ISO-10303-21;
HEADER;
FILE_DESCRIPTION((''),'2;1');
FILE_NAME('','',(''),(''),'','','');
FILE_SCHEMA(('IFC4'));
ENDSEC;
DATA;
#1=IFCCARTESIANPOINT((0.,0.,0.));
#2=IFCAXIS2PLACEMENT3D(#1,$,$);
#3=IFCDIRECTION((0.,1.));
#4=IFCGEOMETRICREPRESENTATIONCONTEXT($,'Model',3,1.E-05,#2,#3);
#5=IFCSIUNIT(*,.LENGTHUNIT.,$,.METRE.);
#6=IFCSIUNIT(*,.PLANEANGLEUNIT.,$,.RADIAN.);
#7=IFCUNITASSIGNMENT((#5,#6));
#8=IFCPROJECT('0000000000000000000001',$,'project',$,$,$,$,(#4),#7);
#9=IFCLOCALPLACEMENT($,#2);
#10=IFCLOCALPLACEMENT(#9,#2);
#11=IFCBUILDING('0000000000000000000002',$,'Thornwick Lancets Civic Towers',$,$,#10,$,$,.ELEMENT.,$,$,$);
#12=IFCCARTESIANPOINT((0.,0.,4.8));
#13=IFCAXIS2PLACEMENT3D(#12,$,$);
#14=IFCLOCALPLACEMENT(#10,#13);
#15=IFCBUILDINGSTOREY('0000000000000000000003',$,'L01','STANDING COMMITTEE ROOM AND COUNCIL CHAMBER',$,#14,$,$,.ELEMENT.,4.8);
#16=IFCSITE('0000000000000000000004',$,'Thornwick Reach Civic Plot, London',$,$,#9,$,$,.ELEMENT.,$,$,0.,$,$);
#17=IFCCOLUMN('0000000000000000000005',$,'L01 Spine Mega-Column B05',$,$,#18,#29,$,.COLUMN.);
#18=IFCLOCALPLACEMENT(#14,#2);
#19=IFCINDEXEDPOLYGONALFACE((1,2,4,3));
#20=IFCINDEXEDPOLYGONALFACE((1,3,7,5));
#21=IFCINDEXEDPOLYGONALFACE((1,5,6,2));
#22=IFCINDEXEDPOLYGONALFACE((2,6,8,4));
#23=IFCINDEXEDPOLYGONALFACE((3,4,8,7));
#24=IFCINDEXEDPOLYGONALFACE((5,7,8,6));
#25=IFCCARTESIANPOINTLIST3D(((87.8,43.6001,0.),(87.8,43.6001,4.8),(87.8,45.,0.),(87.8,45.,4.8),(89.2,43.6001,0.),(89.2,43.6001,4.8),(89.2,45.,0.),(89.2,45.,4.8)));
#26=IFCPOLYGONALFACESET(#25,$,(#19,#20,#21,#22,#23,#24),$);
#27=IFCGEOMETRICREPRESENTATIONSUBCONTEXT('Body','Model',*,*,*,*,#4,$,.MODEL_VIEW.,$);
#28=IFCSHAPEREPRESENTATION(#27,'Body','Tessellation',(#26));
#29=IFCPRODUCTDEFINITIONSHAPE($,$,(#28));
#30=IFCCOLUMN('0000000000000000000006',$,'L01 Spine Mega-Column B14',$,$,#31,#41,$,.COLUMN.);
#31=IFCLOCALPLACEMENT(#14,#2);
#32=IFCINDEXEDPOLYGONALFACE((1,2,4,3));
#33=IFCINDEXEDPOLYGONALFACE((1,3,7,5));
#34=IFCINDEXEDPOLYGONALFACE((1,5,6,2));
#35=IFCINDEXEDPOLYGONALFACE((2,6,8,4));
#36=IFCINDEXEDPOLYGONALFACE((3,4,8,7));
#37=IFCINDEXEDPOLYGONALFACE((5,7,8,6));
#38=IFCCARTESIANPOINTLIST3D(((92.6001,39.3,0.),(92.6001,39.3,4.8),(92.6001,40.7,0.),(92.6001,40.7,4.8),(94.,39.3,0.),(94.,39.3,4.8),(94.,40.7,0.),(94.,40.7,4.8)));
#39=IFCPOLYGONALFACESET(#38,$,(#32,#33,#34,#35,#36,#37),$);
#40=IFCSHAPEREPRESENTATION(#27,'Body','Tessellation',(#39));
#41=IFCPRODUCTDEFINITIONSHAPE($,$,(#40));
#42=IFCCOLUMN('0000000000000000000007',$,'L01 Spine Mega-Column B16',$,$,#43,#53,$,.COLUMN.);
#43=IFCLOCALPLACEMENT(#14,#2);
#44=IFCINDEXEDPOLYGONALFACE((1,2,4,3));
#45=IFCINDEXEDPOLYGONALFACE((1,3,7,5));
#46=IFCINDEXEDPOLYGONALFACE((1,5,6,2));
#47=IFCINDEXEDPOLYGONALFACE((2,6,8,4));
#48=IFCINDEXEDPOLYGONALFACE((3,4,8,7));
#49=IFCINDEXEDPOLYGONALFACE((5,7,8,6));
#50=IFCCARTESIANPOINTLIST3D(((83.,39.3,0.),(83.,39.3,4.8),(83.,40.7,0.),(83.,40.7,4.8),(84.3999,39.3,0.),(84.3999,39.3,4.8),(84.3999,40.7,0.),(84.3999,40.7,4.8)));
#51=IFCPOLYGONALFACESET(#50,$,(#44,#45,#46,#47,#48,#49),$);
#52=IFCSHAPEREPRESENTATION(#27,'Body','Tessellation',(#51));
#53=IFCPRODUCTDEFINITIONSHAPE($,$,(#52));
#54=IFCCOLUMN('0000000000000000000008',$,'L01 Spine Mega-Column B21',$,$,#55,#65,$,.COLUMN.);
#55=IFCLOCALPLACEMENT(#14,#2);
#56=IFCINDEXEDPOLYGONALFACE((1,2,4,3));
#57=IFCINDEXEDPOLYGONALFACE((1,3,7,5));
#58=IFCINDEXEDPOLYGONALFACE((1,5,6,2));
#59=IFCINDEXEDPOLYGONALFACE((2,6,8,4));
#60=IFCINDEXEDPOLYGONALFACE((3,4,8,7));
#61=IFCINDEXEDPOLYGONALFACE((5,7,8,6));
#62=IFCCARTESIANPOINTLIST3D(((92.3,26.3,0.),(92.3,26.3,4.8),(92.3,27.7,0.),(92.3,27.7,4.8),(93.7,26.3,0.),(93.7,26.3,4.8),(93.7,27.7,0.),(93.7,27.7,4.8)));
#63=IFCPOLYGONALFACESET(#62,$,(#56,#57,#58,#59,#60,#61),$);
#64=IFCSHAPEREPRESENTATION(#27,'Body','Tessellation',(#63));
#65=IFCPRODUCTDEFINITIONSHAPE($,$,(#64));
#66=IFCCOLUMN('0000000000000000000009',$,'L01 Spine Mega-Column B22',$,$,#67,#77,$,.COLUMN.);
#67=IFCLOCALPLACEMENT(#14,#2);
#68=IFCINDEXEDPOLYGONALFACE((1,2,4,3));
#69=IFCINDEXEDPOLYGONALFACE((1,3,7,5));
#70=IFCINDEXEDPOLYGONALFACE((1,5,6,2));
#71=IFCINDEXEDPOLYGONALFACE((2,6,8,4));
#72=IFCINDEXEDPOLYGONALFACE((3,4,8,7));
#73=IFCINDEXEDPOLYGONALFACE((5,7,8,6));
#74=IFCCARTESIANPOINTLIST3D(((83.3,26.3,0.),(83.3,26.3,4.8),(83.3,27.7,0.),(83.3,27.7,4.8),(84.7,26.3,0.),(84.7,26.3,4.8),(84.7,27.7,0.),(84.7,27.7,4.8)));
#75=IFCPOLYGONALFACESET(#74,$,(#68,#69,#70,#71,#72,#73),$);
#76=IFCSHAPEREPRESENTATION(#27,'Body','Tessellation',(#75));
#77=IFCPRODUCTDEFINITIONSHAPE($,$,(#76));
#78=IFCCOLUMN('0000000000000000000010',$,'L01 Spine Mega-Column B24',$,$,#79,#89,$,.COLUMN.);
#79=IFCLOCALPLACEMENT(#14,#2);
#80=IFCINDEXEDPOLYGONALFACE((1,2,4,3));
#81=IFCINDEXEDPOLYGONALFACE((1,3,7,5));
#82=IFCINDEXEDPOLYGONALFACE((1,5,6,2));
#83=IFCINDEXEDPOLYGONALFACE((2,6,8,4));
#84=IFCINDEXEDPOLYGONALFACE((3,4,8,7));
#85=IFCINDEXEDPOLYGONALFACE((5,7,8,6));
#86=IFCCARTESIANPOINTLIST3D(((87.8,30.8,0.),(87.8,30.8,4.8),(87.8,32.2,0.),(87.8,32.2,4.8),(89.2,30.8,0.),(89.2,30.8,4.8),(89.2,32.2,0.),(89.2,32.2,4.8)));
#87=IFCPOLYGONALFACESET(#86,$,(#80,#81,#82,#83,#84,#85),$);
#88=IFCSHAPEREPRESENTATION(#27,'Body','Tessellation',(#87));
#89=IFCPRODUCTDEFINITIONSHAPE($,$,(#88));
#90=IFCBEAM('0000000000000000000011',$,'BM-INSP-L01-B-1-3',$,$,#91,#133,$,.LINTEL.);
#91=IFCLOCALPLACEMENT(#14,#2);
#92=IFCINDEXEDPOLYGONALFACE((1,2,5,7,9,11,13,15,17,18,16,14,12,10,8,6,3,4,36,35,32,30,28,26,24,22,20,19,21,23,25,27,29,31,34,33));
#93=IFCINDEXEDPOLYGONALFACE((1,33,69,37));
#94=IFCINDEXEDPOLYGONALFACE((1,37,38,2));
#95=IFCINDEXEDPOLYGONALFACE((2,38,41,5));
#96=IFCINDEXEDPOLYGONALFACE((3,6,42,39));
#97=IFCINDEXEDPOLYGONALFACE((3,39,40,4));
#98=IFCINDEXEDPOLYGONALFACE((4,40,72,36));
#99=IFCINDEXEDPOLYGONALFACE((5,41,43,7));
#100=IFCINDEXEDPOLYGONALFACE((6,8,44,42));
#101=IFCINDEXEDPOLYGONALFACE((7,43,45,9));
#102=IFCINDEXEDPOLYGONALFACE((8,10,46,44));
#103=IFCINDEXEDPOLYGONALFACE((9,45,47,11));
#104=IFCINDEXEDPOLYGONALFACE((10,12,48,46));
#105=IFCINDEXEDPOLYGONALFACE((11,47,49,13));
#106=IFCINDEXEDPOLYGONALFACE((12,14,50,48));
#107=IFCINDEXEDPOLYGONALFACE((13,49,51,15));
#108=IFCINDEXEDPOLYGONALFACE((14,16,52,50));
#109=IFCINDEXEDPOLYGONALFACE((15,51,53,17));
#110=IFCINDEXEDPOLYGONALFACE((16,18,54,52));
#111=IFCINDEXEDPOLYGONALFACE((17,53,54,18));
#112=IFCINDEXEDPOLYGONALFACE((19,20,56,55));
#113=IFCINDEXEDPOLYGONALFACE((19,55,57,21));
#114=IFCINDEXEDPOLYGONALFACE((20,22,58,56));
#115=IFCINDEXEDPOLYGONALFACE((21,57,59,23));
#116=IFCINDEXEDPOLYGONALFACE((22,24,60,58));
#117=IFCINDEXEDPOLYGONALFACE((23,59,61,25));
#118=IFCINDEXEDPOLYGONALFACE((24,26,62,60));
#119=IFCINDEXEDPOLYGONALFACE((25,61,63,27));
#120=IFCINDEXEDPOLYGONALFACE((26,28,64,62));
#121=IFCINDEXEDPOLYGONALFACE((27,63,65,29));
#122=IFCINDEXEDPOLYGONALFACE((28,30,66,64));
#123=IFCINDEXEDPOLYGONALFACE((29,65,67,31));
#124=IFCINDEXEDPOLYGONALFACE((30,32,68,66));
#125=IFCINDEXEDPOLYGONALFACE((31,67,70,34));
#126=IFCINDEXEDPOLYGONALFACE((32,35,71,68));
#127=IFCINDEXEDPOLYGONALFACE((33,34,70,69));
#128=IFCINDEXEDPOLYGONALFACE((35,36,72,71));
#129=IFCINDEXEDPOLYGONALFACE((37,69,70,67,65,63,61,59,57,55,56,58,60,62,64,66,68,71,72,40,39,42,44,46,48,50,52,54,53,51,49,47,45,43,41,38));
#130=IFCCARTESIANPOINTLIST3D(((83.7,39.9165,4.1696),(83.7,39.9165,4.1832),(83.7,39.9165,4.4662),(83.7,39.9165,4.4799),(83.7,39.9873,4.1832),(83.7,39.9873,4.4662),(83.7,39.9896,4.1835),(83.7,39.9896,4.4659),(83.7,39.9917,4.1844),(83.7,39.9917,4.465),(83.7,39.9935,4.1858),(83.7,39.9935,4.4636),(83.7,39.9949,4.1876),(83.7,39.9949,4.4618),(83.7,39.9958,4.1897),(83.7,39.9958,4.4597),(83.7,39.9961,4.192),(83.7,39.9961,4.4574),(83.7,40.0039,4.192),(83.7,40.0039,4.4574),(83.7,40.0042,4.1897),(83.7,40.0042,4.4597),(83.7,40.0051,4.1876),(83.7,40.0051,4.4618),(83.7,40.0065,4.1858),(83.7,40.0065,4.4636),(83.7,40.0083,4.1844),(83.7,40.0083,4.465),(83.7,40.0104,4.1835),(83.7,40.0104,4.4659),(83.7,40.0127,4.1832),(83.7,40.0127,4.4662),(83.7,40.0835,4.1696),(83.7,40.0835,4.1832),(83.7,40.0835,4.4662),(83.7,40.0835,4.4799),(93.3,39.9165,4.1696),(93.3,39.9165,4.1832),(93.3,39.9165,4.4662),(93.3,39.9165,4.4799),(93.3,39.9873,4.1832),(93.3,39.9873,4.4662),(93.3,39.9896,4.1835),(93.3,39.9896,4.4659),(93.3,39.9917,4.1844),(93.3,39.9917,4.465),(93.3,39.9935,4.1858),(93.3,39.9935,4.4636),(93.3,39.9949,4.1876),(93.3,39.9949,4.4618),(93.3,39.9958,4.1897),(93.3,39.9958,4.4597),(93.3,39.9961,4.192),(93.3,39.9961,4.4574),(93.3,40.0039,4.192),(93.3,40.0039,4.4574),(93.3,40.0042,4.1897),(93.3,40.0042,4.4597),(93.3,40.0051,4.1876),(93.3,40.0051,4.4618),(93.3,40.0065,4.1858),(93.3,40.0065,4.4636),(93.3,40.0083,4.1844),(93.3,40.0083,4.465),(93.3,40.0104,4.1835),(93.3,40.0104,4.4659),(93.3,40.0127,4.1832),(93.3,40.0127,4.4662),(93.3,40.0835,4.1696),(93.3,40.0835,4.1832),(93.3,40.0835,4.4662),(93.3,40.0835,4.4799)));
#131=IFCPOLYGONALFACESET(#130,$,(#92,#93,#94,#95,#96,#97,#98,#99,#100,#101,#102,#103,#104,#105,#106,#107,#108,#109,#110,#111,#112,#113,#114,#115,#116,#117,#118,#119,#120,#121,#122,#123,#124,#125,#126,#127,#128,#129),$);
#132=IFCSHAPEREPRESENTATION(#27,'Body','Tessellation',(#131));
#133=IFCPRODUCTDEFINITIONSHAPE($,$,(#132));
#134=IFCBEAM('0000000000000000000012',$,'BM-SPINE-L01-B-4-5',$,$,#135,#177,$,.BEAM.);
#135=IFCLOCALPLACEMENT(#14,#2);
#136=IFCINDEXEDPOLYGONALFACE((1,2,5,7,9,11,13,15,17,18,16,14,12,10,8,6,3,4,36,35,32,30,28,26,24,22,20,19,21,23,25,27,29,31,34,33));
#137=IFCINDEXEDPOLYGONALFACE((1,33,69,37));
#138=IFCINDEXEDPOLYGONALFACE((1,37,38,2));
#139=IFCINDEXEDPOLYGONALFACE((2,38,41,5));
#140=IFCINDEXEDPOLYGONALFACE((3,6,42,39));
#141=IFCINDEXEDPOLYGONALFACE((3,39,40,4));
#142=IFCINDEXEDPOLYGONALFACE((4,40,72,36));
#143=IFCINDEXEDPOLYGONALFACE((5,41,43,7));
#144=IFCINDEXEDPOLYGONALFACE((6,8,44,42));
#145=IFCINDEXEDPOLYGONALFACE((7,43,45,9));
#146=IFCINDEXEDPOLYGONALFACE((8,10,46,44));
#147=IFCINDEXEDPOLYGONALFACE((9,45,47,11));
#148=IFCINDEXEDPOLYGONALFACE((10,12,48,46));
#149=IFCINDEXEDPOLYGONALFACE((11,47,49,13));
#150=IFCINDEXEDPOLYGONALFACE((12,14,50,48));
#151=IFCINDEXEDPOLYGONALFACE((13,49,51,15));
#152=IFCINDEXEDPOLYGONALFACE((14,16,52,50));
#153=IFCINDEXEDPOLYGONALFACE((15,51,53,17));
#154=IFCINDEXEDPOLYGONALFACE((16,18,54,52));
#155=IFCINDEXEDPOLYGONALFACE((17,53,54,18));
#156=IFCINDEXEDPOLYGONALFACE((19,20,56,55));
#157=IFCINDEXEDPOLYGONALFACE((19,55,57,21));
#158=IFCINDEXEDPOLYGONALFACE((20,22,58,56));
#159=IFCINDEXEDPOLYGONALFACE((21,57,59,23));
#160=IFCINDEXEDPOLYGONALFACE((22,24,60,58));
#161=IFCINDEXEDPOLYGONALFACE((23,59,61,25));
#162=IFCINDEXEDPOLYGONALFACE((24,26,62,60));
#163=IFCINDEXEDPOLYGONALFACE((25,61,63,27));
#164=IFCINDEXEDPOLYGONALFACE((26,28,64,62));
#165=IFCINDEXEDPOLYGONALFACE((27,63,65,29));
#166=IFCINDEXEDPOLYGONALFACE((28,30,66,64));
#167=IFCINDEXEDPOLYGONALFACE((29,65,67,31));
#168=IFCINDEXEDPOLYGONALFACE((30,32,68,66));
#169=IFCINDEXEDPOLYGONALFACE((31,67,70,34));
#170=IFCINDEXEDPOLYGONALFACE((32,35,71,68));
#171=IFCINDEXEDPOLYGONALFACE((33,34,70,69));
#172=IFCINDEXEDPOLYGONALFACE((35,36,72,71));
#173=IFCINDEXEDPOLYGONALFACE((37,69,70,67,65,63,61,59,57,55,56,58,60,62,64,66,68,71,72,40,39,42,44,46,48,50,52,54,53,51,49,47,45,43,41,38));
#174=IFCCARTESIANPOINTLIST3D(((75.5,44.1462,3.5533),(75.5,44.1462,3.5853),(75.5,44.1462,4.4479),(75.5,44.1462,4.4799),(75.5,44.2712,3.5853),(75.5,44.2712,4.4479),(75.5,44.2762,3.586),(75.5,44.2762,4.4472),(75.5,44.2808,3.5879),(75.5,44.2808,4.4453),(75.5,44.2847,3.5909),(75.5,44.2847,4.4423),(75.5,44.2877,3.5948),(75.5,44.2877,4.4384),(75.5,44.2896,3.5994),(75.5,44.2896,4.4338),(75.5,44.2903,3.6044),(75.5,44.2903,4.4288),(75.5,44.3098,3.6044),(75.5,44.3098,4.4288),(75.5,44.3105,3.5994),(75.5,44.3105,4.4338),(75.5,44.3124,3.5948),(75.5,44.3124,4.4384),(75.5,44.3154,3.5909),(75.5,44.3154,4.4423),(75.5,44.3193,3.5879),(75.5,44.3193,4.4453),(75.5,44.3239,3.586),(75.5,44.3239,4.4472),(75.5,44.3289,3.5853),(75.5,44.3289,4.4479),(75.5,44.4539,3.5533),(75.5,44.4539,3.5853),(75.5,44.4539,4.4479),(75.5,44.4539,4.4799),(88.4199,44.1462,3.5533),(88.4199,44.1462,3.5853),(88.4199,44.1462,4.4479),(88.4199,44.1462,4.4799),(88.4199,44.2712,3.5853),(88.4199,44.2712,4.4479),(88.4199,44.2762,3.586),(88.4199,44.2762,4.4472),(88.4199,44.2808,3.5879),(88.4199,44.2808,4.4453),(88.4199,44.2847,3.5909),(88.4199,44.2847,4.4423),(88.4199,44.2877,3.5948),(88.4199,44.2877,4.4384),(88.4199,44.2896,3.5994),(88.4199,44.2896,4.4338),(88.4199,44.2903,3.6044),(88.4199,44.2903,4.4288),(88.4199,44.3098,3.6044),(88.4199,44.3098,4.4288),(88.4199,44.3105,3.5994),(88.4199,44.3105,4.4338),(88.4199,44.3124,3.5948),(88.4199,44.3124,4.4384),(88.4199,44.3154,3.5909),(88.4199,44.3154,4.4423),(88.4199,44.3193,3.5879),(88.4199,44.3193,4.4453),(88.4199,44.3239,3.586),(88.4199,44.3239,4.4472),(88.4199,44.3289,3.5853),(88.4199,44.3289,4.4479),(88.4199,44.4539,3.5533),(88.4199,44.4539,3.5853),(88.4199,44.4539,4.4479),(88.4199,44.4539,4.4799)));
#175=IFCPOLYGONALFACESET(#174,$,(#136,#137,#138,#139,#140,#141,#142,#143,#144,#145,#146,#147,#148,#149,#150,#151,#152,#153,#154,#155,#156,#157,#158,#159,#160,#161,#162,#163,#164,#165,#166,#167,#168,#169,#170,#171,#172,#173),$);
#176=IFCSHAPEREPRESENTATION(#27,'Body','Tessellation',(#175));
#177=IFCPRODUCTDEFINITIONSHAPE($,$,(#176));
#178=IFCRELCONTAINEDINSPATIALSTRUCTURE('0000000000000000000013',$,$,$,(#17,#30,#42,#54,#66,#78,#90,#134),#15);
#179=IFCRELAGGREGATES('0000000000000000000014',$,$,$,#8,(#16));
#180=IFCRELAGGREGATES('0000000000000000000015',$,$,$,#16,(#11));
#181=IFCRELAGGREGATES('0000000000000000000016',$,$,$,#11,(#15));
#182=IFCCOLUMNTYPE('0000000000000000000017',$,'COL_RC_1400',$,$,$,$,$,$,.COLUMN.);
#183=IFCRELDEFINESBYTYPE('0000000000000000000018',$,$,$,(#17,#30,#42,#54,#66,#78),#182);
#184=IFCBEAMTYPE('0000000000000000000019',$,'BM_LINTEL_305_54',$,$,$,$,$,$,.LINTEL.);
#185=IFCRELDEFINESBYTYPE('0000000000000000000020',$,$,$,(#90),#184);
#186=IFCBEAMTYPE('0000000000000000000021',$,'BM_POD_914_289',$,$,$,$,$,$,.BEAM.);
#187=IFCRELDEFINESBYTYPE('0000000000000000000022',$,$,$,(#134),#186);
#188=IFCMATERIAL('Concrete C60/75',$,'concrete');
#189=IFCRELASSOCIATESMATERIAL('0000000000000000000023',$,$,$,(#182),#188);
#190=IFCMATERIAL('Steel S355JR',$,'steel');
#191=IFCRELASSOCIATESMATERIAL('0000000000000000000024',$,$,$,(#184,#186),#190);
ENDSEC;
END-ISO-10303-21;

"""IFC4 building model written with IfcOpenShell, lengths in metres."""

from ifc_helpers import new_model, si_unit, direction, frame, origin, origin_2d, place, context, subcontext, project, spatial, rectangle, i_section, extrude, material, material_profile, profile_set, type_object, element, save


model = new_model("IFC4")

# Units and contexts
model_context = context("Model", 3, precision=1e-05, world=origin(), true_north=direction((0.0, 1.0)))
body_context = subcontext(model_context, "Body", "Model", "MODEL_VIEW")
ifc_project = project(units=[si_unit("LENGTHUNIT", "METRE"), si_unit("PLANEANGLEUNIT", "RADIAN")], contexts=[model_context])

# Site, building, storey
site_placement = place(None, origin())
site = spatial("IfcSite", under=ifc_project, at=site_placement, Name="Thornwick Reach Civic Plot, London", CompositionType="ELEMENT", RefElevation=0.0)
building_placement = place(site_placement, origin())
building = spatial("IfcBuilding", under=site, at=building_placement, Name="Thornwick Lancets Civic Towers", CompositionType="ELEMENT")
storey_placement = place(building_placement, frame((0.0, 0.0, 4.8)))
storey = spatial("IfcBuildingStorey", under=building, at=storey_placement, Name="L01", Description="STANDING COMMITTEE ROOM AND COUNCIL CHAMBER", CompositionType="ELEMENT", Elevation=4.8)

# Columns
ifc_material_1 = material(Name="Concrete C60/75", Category="concrete")
ifc_material_profile_1 = material_profile(ifc_material_1, rectangle(XDim=1.3999, YDim=1.3999, at=origin_2d()), Name="RC 1400x1400")
ifc_profile_set_1 = profile_set([ifc_material_profile_1], Name="Concrete C60/75")
column_type = type_object("IfcColumnType", Name="COL_RC_1400", PredefinedType="COLUMN", material=ifc_profile_set_1)
for number, where, z_axis, x_axis, name in (
    (1, (88.5, 44.3, 0.0), (0.0, 0.0, 1.0), (1.0, 0.0, 0.0), "L01 Spine Mega-Column B05"),
    (2, (93.3, 40.0, 0.0), (0.0, 0.0, 1.0), (1.0, 0.0, 0.0), "L01 Spine Mega-Column B14"),
    (3, (83.7, 40.0, 0.0), (0.0, 0.0, 1.0), (1.0, 0.0, 0.0), "L01 Spine Mega-Column B16"),
    (4, (93.0, 27.0, 0.0), (0.0, 0.0, 1.0), (1.0, 0.0, 0.0), "L01 Spine Mega-Column B21"),
    (5, (84.0, 27.0, 0.0), (0.0, 0.0, 1.0), (1.0, 0.0, 0.0), "L01 Spine Mega-Column B22"),
    (6, (88.5, 31.5, 0.0), (0.0, 0.0, 1.0), (1.0, 0.0, 0.0), "L01 Spine Mega-Column B24"),
):
    element("IfcColumn", number, at=place(storey_placement, frame(where, z_axis=z_axis, x_axis=x_axis)), inside=storey, type_object=column_type, Name=name, PredefinedType="COLUMN", context=body_context, shape_type="SweptSolid", body=[
        extrude(rectangle(XDim=1.3999, YDim=1.3999, at=origin_2d()), origin(), (0.0, 0.0, 1.0), 4.8),
    ])

# Beams
ifc_material_2 = material(Name="Steel S355JR", Category="steel")
ifc_material_profile_2 = material_profile(ifc_material_2, i_section(OverallWidth=0.167, OverallDepth=0.3103, WebThickness=0.0078, FlangeThickness=0.0137, FilletRadius=0.0088, at=origin_2d()), Name="UKB 305x165x54")
ifc_profile_set_2 = profile_set([ifc_material_profile_2], Name="Steel S355JR")
beam_type_1 = type_object("IfcBeamType", Name="BM_LINTEL_305_54", PredefinedType="LINTEL", material=ifc_profile_set_2)
beam_1_placement = place(storey_placement, frame((93.3, 40.0, 4.3247), z_axis=(-1.0, 0.0, 0.0), x_axis=(0.0, -1.0, 0.0)))
element("IfcBeam", 7, at=beam_1_placement, inside=storey, type_object=beam_type_1, Name="BM-INSP-L01-B-1-3", PredefinedType="LINTEL", context=body_context, shape_type="SweptSolid", body=[
    extrude(i_section(OverallWidth=0.167, OverallDepth=0.3103, WebThickness=0.0078, FlangeThickness=0.0137, FilletRadius=0.0088, at=origin_2d()), origin(), (0.0, 0.0, 1.0), 9.6001),
])
ifc_material_profile_3 = material_profile(ifc_material_2, i_section(OverallWidth=0.3076, OverallDepth=0.9265, WebThickness=0.0195, FlangeThickness=0.032, FilletRadius=0.019, at=origin_2d()), Name="UKB 914x305x289")
ifc_profile_set_3 = profile_set([ifc_material_profile_3], Name="Steel S355JR")
beam_type_2 = type_object("IfcBeamType", Name="BM_POD_914_289", PredefinedType="BEAM", material=ifc_profile_set_3)
beam_2_placement = place(storey_placement, frame((88.4199, 44.3, 4.0166), z_axis=(-1.0, 0.0, 0.0), x_axis=(0.0, -1.0, 0.0)))
element("IfcBeam", 8, at=beam_2_placement, inside=storey, type_object=beam_type_2, Name="BM-SPINE-L01-B-4-5", PredefinedType="BEAM", context=body_context, shape_type="SweptSolid", body=[
    extrude(i_section(OverallWidth=0.3076, OverallDepth=0.9265, WebThickness=0.0195, FlangeThickness=0.032, FilletRadius=0.019, at=origin_2d()), origin(), (0.0, 0.0, 1.0), 12.9199),
])

save(model, "model.ifc")
